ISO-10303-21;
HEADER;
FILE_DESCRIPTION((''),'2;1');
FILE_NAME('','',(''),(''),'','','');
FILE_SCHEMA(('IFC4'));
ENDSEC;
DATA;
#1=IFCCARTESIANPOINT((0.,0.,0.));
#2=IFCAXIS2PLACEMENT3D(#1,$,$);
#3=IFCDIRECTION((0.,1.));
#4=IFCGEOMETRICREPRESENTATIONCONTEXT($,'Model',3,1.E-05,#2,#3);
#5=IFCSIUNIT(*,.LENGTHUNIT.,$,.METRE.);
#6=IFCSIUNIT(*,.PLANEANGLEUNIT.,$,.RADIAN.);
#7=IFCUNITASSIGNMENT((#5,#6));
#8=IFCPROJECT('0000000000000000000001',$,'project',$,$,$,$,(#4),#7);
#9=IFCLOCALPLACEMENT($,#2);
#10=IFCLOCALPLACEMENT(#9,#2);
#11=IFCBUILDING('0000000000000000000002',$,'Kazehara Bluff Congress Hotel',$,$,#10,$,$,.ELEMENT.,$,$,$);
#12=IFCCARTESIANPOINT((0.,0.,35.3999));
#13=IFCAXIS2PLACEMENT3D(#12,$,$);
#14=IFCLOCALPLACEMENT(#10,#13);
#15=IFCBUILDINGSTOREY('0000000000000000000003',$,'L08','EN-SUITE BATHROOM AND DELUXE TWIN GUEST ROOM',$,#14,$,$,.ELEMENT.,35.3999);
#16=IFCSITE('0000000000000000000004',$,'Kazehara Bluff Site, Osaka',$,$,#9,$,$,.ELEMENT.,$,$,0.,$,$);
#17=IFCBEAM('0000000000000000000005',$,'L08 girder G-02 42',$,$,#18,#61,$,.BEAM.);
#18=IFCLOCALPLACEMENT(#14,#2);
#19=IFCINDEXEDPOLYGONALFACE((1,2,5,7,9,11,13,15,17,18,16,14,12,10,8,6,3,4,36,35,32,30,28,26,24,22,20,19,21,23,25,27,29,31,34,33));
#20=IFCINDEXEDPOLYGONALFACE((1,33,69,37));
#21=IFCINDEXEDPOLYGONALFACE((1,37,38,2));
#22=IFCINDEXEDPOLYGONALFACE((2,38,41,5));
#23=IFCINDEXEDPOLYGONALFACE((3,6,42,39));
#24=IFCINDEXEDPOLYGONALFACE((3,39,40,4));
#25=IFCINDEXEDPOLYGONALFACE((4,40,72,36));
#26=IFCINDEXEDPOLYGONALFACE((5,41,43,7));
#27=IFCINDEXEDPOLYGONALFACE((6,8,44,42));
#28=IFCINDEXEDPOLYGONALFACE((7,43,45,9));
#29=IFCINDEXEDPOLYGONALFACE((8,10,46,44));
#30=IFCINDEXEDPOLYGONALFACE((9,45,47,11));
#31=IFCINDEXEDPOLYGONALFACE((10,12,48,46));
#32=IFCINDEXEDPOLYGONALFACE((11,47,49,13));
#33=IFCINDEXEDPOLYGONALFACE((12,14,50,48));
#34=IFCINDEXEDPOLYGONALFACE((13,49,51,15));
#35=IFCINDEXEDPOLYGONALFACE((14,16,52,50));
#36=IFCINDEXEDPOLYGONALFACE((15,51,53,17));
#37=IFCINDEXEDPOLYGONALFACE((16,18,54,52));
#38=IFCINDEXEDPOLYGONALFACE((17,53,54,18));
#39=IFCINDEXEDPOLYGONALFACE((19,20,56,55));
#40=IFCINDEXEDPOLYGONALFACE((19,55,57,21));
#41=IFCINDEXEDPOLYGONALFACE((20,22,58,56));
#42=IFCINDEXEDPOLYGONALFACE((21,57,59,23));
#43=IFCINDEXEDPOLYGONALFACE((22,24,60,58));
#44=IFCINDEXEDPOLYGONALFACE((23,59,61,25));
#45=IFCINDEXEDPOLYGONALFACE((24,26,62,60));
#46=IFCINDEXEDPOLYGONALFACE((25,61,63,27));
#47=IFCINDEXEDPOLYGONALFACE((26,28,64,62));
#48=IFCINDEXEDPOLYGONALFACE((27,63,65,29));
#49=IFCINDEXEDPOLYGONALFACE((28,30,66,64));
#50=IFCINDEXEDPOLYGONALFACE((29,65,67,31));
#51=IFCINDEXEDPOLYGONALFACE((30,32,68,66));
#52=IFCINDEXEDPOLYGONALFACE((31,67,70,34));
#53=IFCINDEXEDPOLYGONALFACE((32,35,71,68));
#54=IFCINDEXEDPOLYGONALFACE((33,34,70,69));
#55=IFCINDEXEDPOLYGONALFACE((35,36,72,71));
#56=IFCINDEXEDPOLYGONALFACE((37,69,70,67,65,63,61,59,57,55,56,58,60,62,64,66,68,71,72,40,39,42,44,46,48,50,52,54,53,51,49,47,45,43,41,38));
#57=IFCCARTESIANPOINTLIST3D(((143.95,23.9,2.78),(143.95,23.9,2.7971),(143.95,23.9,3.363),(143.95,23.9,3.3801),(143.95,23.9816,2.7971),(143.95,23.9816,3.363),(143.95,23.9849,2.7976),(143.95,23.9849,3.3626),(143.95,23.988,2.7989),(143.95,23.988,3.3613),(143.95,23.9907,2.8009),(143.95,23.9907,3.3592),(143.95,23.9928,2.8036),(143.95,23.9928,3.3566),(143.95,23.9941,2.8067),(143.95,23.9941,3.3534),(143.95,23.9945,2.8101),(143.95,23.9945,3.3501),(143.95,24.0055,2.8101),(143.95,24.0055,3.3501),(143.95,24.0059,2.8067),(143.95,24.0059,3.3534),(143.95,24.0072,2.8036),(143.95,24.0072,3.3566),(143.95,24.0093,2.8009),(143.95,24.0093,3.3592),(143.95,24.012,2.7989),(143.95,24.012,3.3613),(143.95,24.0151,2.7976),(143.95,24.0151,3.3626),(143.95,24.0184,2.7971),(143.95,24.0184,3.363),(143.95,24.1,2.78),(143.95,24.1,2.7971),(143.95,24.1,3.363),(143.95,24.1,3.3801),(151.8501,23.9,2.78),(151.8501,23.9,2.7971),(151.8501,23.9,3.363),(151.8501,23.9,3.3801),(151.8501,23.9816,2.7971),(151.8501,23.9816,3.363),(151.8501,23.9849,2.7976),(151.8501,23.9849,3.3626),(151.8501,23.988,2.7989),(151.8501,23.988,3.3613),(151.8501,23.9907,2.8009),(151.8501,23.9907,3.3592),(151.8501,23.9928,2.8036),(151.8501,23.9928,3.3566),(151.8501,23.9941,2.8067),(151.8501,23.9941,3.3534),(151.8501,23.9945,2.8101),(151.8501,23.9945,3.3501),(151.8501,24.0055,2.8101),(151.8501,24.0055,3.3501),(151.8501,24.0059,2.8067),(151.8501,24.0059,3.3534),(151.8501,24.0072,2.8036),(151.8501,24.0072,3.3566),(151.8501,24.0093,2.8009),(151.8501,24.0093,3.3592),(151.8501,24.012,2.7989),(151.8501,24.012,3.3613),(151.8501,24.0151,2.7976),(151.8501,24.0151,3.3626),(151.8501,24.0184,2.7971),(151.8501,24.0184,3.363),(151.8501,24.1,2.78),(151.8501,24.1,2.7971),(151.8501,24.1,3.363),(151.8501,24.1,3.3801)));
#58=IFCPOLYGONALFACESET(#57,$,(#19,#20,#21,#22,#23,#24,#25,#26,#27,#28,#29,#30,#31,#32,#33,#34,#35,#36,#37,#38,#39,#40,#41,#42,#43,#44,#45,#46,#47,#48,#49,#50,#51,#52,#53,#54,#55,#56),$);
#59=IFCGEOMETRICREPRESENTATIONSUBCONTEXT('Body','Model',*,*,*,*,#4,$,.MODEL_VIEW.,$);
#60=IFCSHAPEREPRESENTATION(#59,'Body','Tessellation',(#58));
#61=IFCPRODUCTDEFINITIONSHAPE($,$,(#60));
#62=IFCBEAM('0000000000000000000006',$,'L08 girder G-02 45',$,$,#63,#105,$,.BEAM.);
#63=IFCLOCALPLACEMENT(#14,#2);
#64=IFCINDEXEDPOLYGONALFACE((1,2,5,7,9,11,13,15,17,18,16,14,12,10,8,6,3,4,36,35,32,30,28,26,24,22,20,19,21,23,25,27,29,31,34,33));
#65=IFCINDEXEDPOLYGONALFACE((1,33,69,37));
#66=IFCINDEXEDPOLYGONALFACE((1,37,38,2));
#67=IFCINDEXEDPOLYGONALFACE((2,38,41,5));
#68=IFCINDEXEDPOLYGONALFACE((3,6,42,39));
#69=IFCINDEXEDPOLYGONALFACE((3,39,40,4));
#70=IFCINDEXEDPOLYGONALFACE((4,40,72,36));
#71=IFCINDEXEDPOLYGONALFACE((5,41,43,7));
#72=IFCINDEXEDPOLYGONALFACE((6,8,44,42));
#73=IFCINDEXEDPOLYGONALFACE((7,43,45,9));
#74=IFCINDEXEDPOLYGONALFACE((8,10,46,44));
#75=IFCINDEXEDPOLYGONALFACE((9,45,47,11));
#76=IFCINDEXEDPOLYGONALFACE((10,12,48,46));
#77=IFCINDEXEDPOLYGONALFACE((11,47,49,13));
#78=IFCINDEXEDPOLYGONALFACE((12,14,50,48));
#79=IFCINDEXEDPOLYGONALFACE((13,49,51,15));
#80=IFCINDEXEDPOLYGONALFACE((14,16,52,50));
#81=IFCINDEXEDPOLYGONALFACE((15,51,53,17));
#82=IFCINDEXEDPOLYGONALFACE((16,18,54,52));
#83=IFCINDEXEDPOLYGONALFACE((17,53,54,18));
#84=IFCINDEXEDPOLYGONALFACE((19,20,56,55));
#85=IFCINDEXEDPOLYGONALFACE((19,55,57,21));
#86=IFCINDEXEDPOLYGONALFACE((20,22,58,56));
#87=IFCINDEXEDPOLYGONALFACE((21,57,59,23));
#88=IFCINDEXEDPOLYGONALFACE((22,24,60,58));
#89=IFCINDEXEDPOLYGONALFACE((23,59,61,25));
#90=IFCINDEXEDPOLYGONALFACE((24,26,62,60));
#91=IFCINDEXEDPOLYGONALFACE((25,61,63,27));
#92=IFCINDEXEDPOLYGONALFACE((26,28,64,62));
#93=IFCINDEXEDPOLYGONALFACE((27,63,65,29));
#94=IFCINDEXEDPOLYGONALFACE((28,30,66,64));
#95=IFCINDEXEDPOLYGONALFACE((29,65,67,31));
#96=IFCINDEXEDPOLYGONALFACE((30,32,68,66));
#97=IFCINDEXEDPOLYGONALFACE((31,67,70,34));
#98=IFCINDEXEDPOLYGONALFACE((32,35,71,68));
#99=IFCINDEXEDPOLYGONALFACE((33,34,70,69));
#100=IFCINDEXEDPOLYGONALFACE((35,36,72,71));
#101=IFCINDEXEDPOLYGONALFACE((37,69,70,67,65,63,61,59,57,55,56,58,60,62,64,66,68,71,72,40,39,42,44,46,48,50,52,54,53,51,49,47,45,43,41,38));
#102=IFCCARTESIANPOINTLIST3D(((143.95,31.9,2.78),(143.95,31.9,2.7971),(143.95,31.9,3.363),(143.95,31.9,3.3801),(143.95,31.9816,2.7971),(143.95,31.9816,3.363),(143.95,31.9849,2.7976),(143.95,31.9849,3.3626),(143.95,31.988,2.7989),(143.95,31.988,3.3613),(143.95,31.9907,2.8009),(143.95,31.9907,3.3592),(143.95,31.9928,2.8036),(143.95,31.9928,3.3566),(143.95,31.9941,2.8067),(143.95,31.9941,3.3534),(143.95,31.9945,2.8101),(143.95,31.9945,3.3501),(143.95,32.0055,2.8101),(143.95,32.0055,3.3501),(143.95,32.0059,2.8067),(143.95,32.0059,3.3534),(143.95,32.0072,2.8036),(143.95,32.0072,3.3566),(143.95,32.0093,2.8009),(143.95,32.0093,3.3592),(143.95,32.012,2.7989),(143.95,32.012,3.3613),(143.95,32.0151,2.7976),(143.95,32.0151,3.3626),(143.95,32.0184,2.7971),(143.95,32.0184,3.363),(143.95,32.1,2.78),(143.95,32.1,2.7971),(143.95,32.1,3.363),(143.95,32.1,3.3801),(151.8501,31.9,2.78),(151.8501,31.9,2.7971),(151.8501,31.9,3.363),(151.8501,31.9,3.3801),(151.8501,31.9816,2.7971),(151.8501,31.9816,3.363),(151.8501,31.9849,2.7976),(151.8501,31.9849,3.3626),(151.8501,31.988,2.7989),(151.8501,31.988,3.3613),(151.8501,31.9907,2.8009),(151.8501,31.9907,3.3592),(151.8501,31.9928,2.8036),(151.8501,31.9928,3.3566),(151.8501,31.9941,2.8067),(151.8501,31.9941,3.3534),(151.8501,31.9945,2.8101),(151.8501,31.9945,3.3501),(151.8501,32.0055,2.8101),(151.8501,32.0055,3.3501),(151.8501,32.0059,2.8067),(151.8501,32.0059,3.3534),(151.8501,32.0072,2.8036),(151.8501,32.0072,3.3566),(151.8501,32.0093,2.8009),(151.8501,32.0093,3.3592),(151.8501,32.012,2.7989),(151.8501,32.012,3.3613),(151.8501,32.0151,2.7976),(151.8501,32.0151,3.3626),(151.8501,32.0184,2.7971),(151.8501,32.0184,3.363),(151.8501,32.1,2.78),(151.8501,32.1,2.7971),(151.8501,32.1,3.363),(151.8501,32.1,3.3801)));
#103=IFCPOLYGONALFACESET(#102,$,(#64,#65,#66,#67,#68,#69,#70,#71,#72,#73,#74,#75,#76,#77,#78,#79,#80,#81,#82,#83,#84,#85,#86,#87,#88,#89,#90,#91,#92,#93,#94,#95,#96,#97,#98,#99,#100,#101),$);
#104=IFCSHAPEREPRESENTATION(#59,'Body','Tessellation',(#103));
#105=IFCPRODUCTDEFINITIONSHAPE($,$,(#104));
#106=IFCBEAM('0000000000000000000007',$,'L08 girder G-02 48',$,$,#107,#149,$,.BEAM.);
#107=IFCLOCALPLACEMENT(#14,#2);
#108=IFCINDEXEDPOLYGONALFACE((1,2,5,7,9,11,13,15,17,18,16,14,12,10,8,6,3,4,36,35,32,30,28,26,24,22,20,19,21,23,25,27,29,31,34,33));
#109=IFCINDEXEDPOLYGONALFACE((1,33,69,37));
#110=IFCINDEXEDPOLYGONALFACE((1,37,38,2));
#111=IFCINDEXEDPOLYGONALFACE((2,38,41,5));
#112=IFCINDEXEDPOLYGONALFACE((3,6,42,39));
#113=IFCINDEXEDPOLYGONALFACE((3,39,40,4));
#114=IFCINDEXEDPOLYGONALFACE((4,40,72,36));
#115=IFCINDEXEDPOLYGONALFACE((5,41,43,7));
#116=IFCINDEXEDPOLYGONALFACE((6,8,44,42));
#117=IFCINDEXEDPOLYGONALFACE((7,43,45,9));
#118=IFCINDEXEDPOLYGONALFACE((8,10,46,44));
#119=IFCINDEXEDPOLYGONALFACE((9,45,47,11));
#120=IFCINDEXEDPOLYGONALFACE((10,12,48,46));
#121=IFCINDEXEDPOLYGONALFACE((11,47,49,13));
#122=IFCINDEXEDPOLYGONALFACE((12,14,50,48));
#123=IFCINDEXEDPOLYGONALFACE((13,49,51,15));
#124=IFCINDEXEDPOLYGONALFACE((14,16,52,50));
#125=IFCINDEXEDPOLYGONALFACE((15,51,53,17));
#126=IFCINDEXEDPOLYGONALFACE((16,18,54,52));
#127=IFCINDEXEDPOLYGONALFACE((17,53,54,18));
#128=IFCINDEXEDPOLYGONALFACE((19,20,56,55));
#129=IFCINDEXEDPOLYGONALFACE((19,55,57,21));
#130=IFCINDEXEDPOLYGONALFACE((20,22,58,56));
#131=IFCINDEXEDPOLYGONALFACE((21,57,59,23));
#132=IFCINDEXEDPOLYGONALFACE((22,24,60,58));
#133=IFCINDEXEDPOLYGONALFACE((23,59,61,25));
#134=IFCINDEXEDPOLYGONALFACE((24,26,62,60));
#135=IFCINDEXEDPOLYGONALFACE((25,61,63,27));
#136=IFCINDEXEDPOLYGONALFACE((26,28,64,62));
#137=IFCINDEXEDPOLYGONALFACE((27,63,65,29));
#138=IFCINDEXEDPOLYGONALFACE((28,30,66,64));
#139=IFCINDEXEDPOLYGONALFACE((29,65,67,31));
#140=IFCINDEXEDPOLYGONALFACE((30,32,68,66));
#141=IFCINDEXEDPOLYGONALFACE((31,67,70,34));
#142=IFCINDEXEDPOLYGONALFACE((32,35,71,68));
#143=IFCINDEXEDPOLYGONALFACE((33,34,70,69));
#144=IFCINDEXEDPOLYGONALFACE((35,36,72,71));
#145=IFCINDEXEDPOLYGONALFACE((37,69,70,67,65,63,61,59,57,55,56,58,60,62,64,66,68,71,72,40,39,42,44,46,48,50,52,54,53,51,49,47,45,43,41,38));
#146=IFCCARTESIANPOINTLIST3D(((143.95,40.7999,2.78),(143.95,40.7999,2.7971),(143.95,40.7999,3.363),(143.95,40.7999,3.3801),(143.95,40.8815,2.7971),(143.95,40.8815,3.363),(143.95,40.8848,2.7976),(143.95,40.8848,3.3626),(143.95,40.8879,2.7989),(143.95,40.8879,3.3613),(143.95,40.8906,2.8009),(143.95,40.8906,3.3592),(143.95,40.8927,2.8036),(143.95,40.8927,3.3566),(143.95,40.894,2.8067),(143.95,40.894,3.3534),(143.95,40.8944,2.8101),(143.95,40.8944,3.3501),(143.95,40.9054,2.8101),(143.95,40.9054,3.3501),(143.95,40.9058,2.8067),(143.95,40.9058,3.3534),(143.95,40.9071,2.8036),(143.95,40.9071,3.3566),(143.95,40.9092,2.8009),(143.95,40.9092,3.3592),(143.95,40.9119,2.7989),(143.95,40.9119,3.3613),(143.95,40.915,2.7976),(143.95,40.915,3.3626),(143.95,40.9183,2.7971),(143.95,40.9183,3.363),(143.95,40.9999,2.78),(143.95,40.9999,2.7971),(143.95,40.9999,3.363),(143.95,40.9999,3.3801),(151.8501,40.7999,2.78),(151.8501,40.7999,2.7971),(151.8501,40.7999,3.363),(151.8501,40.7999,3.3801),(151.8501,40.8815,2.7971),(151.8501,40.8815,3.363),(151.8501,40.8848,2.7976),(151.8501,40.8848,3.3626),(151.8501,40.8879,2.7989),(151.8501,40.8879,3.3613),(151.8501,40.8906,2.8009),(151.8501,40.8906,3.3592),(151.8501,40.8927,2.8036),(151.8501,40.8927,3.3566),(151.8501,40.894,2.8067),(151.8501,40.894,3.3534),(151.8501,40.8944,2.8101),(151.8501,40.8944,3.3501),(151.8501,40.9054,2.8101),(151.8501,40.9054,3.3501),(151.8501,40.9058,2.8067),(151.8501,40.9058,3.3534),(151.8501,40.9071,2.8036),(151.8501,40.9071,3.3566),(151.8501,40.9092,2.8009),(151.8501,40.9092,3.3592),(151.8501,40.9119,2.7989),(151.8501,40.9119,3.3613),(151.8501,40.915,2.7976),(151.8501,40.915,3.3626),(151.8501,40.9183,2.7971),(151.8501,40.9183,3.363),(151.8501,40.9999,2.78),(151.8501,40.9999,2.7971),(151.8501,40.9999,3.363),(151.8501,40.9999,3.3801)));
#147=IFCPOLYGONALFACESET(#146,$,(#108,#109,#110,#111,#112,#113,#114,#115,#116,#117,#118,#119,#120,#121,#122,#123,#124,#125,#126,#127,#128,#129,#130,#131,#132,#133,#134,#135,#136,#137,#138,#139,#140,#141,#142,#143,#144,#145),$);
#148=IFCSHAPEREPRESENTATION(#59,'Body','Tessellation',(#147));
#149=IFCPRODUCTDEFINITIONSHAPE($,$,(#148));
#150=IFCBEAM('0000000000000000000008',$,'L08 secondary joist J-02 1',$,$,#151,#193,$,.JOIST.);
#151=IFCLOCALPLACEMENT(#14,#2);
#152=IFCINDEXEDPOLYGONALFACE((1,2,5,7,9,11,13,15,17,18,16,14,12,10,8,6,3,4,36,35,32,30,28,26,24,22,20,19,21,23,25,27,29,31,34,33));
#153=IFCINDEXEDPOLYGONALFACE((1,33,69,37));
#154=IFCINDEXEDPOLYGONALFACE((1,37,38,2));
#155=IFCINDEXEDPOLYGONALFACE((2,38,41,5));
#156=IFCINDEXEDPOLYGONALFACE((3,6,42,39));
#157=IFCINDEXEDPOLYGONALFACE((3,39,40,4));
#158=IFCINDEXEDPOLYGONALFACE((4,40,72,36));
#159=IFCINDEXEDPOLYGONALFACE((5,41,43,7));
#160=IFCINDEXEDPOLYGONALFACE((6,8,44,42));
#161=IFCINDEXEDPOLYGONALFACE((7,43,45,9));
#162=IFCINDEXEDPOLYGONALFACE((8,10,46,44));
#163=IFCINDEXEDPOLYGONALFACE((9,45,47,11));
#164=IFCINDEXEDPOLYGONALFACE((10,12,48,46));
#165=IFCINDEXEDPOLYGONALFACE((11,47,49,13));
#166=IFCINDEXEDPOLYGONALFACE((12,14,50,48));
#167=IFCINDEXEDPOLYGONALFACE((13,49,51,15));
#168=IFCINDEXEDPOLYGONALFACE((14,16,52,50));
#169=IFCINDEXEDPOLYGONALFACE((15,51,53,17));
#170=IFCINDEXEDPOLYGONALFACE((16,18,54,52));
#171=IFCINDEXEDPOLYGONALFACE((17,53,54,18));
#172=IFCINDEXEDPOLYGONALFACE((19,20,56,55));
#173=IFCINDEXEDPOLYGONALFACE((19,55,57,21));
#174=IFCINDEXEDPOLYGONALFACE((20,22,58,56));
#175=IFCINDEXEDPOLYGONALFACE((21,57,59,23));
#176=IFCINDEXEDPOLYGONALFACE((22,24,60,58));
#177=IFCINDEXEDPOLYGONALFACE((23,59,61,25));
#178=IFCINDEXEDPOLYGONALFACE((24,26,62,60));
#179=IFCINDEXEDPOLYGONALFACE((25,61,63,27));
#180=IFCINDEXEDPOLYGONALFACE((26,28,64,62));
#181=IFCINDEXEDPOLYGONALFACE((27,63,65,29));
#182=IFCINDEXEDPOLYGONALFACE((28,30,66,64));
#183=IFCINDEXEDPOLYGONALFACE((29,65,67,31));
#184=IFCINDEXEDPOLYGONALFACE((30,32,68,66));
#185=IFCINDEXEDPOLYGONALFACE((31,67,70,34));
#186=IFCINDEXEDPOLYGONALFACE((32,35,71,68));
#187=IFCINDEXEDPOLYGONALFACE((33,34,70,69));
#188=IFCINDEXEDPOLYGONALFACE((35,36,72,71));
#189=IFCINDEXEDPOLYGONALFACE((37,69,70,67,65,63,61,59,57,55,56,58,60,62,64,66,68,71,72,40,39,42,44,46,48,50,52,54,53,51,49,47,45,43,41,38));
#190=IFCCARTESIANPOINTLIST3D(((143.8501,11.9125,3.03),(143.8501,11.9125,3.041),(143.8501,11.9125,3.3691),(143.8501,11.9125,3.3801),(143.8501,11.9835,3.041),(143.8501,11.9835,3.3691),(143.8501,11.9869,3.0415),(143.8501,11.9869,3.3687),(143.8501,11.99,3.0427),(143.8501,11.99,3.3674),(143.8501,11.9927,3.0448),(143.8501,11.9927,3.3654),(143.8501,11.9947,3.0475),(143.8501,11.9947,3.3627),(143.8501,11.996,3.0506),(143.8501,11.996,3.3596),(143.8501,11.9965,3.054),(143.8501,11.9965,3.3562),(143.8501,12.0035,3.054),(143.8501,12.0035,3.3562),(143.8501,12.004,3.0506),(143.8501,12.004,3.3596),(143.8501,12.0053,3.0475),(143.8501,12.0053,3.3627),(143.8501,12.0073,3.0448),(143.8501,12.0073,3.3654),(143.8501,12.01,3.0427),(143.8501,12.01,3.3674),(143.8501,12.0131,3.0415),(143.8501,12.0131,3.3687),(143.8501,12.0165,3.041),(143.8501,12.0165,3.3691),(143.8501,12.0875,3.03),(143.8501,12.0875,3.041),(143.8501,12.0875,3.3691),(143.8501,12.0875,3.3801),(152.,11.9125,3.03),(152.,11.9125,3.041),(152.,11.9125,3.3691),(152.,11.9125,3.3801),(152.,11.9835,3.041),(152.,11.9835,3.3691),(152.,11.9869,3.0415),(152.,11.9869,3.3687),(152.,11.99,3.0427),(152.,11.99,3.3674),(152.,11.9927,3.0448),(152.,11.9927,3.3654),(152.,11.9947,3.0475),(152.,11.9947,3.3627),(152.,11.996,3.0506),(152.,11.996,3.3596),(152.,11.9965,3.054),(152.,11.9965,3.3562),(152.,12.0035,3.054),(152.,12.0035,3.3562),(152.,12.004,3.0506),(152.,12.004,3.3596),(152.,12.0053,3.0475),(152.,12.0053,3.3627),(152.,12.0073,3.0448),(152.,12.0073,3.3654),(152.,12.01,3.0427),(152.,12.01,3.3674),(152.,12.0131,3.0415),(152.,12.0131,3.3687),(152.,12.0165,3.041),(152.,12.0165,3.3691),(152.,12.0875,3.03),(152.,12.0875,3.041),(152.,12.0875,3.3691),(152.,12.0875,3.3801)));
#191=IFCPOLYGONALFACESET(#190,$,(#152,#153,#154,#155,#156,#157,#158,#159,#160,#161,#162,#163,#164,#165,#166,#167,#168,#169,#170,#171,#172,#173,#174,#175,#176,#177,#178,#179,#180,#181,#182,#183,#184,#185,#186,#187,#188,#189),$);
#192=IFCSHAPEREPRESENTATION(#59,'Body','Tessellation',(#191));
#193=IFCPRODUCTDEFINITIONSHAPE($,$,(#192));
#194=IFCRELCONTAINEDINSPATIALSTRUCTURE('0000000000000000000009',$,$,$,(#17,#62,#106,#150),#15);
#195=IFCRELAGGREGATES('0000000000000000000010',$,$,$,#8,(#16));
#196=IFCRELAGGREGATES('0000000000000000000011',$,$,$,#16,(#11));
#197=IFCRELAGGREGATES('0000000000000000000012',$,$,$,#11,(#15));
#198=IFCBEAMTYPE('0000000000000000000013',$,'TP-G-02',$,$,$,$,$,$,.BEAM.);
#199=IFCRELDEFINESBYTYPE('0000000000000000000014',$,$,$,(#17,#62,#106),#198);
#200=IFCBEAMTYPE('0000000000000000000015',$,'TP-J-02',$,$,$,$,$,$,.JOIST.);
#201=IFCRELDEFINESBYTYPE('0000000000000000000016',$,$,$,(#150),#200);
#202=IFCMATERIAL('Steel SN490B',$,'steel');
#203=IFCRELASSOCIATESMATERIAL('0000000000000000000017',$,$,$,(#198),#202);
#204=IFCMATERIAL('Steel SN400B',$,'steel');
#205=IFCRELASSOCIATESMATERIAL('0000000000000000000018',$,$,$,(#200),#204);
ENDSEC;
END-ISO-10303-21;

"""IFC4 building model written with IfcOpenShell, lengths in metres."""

from ifc_helpers import new_model, si_unit, direction, frame, origin, origin_2d, place, context, subcontext, project, spatial, i_section, extrude, material, material_profile, profile_set, type_object, element, save


model = new_model("IFC4")

# Units and contexts
model_context = context("Model", 3, precision=1e-05, world=origin(), true_north=direction((0.0, 1.0)))
body_context = subcontext(model_context, "Body", "Model", "MODEL_VIEW")
ifc_project = project(units=[si_unit("LENGTHUNIT", "METRE"), si_unit("PLANEANGLEUNIT", "RADIAN")], contexts=[model_context])

# Site, building, storey
site_placement = place(None, origin())
site = spatial("IfcSite", under=ifc_project, at=site_placement, Name="Kazehara Bluff Site, Osaka", CompositionType="ELEMENT", RefElevation=0.0)
building_placement = place(site_placement, origin())
building = spatial("IfcBuilding", under=site, at=building_placement, Name="Kazehara Bluff Congress Hotel", CompositionType="ELEMENT")
storey_placement = place(building_placement, frame((0.0, 0.0, 35.3999)))
storey = spatial("IfcBuildingStorey", under=building, at=storey_placement, Name="L08", Description="EN-SUITE BATHROOM AND DELUXE TWIN GUEST ROOM", CompositionType="ELEMENT", Elevation=35.3999)

# Beams
ifc_material_1 = material(Name="Steel SN490B", Category="steel")
ifc_material_profile_1 = material_profile(ifc_material_1, i_section(OverallWidth=0.2, OverallDepth=0.6001, WebThickness=0.011, FlangeThickness=0.0171, FilletRadius=0.0129, at=origin_2d()))
ifc_profile_set_1 = profile_set([ifc_material_profile_1], Name="Steel SN490B")
beam_type_1 = type_object("IfcBeamType", Name="TP-G-02", PredefinedType="BEAM", material=ifc_profile_set_1)
for number, where, z_axis, x_axis, name in (
    (1, (143.95, 24.0, 3.0801), (1.0, 0.0, 0.0), (0.0, 1.0, 0.0), "L08 girder G-02 42"),
    (2, (143.95, 32.0, 3.0801), (1.0, 0.0, 0.0), (0.0, 1.0, 0.0), "L08 girder G-02 45"),
    (3, (143.95, 40.8999, 3.0801), (1.0, 0.0, 0.0), (0.0, 1.0, 0.0), "L08 girder G-02 48"),
):
    element("IfcBeam", number, at=place(storey_placement, frame(where, z_axis=z_axis, x_axis=x_axis)), inside=storey, type_object=beam_type_1, Name=name, PredefinedType="BEAM", context=body_context, shape_type="SweptSolid", body=[
        extrude(i_section(OverallWidth=0.2, OverallDepth=0.6001, WebThickness=0.011, FlangeThickness=0.0171, FilletRadius=0.0129, at=origin_2d()), origin(), (0.0, 0.0, 1.0), 7.9001),
    ])
ifc_material_2 = material(Name="Steel SN400B", Category="steel")
ifc_material_profile_2 = material_profile(ifc_material_2, i_section(OverallWidth=0.175, OverallDepth=0.3501, WebThickness=0.0071, FlangeThickness=0.011, FilletRadius=0.0129, at=origin_2d()))
ifc_profile_set_2 = profile_set([ifc_material_profile_2], Name="Steel SN400B")
beam_type_2 = type_object("IfcBeamType", Name="TP-J-02", PredefinedType="JOIST", material=ifc_profile_set_2)
for number, where, z_axis, x_axis, name in (
    (4, (143.8501, 12.0, 3.2051), (1.0, 0.0, 0.0), (0.0, 1.0, 0.0), "L08 secondary joist J-02 1"),
):
    element("IfcBeam", number, at=place(storey_placement, frame(where, z_axis=z_axis, x_axis=x_axis)), inside=storey, type_object=beam_type_2, Name=name, PredefinedType="JOIST", context=body_context, shape_type="SweptSolid", body=[
        extrude(i_section(OverallWidth=0.175, OverallDepth=0.3501, WebThickness=0.0071, FlangeThickness=0.011, FilletRadius=0.0129, at=origin_2d()), origin(), (0.0, 0.0, 1.0), 8.1499),
    ])

save(model, "model.ifc")
